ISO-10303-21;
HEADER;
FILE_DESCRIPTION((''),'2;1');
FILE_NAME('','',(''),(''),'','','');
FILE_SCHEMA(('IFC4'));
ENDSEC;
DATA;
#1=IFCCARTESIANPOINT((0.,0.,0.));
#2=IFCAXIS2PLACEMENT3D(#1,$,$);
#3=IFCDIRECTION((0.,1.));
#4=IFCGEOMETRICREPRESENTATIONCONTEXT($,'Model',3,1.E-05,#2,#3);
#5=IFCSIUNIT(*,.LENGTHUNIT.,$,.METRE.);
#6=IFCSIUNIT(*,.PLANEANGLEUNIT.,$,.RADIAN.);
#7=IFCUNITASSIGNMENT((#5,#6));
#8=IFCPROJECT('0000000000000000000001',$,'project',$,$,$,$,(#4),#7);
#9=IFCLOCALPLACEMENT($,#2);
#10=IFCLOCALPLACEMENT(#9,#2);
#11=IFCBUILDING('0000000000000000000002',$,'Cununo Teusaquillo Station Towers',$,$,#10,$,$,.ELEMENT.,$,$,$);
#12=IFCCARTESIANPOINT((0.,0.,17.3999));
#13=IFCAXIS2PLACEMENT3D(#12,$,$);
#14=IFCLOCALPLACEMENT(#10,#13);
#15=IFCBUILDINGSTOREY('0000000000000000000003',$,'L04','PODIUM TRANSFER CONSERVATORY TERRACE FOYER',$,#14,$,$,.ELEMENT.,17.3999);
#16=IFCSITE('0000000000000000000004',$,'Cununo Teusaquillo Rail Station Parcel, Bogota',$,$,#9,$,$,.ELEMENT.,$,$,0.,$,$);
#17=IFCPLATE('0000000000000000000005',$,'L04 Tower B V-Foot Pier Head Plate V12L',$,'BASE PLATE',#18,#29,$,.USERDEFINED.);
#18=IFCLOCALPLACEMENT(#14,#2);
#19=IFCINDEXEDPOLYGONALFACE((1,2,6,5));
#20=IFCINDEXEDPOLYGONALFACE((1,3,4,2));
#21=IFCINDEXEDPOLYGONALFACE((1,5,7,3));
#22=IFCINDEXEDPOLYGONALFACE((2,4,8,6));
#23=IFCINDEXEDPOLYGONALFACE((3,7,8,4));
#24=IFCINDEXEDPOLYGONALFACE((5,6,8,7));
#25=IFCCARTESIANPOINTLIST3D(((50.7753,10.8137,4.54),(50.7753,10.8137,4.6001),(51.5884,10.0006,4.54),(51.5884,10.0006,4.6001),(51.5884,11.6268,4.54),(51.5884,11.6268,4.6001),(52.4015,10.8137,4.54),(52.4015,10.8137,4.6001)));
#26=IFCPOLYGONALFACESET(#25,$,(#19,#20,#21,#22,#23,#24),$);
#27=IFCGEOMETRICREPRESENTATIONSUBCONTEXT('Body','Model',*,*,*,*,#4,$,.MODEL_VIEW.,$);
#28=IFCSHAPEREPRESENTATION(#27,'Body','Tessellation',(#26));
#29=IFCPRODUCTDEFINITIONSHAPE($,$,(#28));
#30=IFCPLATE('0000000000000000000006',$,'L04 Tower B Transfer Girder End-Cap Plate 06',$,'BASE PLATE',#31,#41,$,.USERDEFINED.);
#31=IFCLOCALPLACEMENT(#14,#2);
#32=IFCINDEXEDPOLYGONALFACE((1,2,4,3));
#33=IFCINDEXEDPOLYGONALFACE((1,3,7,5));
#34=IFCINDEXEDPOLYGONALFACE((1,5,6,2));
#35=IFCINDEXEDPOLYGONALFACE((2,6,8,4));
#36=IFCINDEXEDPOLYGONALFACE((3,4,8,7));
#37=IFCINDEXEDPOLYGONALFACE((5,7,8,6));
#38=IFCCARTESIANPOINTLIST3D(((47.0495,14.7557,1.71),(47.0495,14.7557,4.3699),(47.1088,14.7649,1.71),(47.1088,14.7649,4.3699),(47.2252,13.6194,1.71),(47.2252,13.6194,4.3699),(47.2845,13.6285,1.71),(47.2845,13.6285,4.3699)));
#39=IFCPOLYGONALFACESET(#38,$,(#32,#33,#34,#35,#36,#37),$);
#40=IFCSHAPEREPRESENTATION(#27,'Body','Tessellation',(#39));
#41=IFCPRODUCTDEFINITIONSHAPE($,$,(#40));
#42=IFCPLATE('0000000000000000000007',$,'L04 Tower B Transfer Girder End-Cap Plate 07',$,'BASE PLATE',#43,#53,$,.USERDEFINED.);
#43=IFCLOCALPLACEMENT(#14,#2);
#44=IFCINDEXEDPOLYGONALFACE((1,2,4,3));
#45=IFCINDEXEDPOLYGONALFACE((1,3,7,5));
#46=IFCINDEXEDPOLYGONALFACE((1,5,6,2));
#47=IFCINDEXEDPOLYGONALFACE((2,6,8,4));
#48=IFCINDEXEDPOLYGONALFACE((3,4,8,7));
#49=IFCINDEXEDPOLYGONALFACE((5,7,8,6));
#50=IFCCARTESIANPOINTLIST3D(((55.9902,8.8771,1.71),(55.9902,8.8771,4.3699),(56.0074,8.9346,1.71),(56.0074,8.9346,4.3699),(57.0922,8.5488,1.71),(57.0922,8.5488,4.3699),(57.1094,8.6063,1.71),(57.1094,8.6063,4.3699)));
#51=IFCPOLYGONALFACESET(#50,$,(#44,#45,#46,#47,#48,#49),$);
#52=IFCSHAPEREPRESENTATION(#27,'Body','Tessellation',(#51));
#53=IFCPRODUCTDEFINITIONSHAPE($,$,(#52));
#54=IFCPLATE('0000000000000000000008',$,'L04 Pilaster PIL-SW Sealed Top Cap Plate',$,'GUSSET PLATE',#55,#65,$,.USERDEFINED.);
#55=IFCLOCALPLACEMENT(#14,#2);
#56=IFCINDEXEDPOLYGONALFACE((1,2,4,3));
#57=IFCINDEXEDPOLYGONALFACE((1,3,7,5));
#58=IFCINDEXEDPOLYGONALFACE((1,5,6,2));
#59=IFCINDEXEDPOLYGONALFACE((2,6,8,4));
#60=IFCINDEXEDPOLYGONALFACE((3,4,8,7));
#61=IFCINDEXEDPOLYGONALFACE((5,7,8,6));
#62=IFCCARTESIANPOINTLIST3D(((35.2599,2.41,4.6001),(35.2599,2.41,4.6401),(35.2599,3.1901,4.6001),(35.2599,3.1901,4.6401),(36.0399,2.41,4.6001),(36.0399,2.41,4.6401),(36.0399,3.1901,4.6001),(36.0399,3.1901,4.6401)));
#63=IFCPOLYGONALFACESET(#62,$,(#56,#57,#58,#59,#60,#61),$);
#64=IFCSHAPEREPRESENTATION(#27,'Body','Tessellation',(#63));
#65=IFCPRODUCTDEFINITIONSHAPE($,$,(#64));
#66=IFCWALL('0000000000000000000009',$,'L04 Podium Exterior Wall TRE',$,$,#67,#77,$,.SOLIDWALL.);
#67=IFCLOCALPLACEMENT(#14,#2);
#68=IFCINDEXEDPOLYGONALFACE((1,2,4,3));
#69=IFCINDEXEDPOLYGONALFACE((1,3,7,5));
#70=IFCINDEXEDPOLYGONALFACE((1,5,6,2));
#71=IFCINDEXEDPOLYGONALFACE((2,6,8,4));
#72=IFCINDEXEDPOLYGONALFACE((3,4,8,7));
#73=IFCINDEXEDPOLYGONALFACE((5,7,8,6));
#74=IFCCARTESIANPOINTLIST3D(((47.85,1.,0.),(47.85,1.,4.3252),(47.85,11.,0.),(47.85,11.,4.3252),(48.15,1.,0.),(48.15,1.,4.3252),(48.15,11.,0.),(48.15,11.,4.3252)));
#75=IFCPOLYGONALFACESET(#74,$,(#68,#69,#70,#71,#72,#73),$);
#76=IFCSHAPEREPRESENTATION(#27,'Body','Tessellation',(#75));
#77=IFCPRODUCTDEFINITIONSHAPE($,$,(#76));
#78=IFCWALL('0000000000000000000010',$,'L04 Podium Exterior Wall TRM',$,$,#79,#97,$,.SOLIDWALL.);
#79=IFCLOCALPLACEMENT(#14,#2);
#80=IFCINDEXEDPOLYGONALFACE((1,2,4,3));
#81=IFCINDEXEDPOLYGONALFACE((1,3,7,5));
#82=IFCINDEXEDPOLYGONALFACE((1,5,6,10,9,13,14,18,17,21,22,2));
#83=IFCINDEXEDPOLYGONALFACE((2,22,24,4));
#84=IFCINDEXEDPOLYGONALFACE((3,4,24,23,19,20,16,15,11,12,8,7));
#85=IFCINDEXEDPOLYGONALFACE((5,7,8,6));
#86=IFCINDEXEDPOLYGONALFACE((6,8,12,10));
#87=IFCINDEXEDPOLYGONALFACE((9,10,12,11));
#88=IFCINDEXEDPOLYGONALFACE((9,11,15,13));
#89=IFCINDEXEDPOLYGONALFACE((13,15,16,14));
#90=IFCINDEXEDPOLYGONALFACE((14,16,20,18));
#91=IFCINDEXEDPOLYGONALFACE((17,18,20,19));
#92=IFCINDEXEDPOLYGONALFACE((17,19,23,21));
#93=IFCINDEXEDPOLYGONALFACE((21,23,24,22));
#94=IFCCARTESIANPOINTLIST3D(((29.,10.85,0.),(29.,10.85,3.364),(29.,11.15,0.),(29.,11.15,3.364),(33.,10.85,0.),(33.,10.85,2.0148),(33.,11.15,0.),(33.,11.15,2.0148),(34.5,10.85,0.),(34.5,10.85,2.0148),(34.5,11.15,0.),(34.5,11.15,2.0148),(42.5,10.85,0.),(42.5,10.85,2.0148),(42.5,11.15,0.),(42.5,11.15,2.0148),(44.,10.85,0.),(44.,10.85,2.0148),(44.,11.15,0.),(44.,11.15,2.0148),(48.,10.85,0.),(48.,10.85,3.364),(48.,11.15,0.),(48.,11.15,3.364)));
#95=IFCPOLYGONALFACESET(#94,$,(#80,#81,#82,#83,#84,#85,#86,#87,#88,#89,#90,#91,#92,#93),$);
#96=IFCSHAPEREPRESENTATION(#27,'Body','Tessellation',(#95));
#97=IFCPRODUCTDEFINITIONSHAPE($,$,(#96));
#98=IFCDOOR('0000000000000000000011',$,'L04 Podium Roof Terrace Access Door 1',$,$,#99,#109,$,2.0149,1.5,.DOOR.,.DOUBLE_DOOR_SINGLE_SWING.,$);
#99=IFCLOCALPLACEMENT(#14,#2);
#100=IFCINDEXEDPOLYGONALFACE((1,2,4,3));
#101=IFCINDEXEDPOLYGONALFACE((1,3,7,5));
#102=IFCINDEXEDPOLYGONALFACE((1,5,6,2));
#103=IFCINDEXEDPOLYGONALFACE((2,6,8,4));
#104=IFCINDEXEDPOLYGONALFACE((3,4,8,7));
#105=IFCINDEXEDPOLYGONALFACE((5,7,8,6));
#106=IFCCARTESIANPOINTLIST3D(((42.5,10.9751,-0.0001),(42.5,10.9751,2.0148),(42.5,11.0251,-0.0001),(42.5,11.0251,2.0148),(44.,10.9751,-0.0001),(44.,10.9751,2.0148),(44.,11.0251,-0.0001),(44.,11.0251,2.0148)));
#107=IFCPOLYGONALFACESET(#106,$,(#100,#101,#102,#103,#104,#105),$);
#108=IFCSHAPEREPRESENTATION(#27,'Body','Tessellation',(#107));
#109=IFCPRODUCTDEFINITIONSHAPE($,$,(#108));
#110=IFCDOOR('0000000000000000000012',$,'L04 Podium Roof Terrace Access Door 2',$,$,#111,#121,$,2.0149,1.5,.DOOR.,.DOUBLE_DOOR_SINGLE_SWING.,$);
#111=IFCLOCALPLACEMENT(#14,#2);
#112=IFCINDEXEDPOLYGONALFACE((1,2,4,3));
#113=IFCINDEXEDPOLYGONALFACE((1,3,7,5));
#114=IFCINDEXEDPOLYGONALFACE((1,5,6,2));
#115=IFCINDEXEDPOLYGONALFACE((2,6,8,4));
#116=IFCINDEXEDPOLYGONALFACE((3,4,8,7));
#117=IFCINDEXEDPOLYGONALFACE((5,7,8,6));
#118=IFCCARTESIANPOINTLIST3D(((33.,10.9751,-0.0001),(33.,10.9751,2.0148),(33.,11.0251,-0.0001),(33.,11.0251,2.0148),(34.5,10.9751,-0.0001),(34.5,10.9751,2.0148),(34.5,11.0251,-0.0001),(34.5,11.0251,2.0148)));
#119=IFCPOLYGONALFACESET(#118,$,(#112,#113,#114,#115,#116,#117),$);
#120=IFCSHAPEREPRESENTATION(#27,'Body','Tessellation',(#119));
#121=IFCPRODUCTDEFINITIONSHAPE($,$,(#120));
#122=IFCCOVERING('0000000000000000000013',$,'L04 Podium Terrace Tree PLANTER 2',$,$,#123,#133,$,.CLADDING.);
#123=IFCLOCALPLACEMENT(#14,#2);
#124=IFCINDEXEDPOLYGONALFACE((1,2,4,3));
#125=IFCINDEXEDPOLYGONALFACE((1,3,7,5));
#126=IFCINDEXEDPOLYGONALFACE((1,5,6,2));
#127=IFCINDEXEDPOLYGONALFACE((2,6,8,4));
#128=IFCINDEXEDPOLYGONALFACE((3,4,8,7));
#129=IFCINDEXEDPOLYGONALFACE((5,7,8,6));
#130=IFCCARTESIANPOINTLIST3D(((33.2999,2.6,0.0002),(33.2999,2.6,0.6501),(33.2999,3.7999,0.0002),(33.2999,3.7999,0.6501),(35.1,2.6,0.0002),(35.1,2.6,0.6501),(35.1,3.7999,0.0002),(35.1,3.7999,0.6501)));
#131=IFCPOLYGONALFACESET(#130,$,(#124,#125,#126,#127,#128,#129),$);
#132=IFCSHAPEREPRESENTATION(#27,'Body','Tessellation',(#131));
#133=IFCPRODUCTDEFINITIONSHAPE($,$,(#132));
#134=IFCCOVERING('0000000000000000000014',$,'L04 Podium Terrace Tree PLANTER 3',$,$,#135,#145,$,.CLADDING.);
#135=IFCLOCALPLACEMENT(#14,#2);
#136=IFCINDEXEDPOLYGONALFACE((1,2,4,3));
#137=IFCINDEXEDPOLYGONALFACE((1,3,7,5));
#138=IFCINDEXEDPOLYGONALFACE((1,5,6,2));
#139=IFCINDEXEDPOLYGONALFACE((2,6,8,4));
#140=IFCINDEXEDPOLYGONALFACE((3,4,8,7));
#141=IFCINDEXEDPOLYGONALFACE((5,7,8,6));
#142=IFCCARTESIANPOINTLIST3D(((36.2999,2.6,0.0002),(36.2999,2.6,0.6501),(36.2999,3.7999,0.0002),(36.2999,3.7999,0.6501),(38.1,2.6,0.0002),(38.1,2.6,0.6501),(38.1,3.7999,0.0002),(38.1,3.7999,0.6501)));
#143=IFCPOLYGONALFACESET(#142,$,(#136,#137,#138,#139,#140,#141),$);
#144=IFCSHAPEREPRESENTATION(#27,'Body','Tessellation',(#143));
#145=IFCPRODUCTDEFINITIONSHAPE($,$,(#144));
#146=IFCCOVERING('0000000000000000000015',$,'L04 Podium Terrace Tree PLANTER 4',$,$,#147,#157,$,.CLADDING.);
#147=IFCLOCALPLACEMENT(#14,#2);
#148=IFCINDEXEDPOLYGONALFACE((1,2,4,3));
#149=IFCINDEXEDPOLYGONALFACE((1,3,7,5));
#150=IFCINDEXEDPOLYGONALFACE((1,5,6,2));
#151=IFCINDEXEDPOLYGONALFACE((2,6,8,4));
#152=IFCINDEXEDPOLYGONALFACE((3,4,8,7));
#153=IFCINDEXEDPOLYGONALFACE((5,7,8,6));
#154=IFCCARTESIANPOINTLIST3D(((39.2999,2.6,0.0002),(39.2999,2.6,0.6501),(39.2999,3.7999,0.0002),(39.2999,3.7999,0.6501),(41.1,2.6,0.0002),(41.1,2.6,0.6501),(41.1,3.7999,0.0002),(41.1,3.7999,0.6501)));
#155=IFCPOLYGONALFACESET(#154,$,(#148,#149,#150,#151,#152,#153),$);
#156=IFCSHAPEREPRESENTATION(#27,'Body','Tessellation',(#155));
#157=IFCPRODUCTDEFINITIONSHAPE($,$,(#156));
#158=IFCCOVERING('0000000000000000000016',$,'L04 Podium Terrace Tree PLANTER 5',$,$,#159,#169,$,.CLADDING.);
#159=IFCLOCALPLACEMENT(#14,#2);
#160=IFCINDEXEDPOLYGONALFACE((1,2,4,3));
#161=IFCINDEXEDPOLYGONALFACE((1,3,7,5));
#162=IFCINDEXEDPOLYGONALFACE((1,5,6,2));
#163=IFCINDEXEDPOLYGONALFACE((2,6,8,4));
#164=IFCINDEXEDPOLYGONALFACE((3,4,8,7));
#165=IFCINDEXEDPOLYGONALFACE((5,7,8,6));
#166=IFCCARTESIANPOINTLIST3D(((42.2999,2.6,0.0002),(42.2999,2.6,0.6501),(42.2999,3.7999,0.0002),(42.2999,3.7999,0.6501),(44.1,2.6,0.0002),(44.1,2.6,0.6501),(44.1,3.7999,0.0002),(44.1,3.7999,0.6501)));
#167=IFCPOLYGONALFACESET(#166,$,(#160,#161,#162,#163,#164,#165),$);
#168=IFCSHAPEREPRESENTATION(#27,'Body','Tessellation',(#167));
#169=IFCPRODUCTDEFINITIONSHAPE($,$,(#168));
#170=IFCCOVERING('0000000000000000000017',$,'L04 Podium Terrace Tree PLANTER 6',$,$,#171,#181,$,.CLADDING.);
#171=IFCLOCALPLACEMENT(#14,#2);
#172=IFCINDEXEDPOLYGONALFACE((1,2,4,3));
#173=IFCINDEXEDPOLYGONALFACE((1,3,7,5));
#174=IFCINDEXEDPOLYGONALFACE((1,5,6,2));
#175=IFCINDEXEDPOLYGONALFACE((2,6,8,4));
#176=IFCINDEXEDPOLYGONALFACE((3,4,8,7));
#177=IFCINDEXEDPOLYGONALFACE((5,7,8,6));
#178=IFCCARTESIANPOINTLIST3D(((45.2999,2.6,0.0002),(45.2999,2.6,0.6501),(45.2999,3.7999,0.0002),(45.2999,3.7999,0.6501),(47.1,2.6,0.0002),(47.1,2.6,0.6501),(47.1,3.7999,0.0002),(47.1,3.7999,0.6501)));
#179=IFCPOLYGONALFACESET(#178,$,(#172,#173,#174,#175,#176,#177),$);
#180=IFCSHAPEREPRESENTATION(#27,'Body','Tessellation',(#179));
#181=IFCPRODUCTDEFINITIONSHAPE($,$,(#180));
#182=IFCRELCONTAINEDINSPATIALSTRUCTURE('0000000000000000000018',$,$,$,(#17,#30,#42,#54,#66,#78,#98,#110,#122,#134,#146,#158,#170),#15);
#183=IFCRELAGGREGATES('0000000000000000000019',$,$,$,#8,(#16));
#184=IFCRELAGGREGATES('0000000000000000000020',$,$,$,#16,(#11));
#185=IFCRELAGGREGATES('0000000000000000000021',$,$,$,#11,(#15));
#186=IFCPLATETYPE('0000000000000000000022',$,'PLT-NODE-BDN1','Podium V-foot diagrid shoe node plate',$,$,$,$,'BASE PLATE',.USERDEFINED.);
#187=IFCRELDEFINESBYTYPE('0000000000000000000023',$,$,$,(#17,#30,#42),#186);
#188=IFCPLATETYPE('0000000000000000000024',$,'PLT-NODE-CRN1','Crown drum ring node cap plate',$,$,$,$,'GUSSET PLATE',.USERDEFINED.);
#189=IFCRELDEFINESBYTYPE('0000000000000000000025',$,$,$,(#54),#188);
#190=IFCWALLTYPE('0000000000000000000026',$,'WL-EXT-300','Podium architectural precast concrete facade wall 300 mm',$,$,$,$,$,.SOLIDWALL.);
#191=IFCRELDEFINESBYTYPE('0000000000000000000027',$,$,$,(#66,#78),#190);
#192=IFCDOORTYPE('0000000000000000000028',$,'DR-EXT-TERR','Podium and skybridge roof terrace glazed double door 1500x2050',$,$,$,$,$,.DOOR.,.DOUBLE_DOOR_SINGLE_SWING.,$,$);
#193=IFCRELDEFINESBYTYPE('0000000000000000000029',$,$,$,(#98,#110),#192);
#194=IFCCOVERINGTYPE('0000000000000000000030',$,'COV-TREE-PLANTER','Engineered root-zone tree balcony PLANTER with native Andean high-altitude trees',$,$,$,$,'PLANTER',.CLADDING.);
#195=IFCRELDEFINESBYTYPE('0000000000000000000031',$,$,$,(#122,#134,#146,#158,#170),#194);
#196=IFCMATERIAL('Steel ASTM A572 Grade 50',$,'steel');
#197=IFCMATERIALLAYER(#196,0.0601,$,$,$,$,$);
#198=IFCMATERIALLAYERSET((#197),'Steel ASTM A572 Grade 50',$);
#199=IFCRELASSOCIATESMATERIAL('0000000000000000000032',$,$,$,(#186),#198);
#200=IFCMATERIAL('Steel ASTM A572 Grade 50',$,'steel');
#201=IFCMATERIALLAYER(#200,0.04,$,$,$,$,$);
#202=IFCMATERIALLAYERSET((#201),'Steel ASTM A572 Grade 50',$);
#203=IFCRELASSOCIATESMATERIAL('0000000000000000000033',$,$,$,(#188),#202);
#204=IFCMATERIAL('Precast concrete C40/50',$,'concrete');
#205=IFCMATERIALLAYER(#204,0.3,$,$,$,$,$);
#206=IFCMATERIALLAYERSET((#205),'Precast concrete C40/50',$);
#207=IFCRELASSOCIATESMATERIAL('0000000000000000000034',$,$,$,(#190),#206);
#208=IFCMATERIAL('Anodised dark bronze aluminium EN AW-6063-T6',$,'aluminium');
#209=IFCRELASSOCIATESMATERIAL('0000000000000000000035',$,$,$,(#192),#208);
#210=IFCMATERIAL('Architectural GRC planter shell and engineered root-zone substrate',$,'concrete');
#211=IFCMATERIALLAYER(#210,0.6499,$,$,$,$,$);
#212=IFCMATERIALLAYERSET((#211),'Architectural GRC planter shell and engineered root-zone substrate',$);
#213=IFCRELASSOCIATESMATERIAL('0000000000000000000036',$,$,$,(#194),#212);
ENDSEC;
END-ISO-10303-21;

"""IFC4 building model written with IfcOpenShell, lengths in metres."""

from ifc_helpers import new_model, si_unit, direction, frame, frame_2d, origin, origin_2d, place, context, subcontext, project, spatial, rectangle, extrude, source, transform, mapped, material, layer, layer_set, type_object, element, fill, save


model = new_model("IFC4")

# Units and contexts
model_context = context("Model", 3, precision=1e-05, world=origin(), true_north=direction((0.0, 1.0)))
body_context = subcontext(model_context, "Body", "Model", "MODEL_VIEW")
ifc_project = project(units=[si_unit("LENGTHUNIT", "METRE"), si_unit("PLANEANGLEUNIT", "RADIAN")], contexts=[model_context])

# Site, building, storey
site_placement = place(None, origin())
site = spatial("IfcSite", under=ifc_project, at=site_placement, Name="Cununo Teusaquillo Rail Station Parcel, Bogota", CompositionType="ELEMENT", RefElevation=0.0)
building_placement = place(site_placement, origin())
building = spatial("IfcBuilding", under=site, at=building_placement, Name="Cununo Teusaquillo Station Towers", CompositionType="ELEMENT")
storey_placement = place(building_placement, frame((0.0, 0.0, 17.3999)))
storey = spatial("IfcBuildingStorey", under=building, at=storey_placement, Name="L04", Description="PODIUM TRANSFER CONSERVATORY TERRACE FOYER", CompositionType="ELEMENT", Elevation=17.3999)

# Plates
ifc_material_1 = material(Name="Steel ASTM A572 Grade 50", Category="steel")
ifc_layer_1 = layer(ifc_material_1, 0.0601)
ifc_layer_set_1 = layer_set([ifc_layer_1], Name="Steel ASTM A572 Grade 50")
plate_type_1 = type_object("IfcPlateType", Name="PLT-NODE-BDN1", Description="Podium V-foot diagrid shoe node plate", ElementType="BASE PLATE", PredefinedType="USERDEFINED", material=ifc_layer_set_1)
shared_shape_1 = source(origin(), body_context, "Body", "SweptSolid", [
    extrude(rectangle(XDim=1.1499, YDim=1.1499, at=origin_2d()), origin(), (0.0, 0.0, 1.0), 0.0601),
])
plate_1_placement = place(storey_placement, frame((51.5884, 10.8137, 4.54), z_axis=(0.0, 0.0, 1.0), x_axis=(0.707107, 0.707107, 0.0)))
element("IfcPlate", 1, at=plate_1_placement, inside=storey, type_object=plate_type_1, Name="L04 Tower B V-Foot Pier Head Plate V12L", ObjectType="BASE PLATE", PredefinedType="USERDEFINED", context=body_context, shape_type="MappedRepresentation", body=[
    mapped(shared_shape_1, transform((0.0, 0.0, 0.0), x_axis=(1.0, 0.0, 0.0), y_axis=(0.0, 1.0, 0.0), z_axis=(0.0, 0.0, 1.0), scale=1.0)),
])
shared_shape_2 = source(origin(), body_context, "Body", "SweptSolid", [
    extrude(rectangle(XDim=0.0601, YDim=1.1499, at=origin_2d()), origin(), (0.0, 0.0, 1.0), 2.6599),
])
for number, where, z_axis, x_axis, name in (
    (2, (47.167, 14.1921, 1.71), (0.0, 0.0, 1.0), (-0.988255, -0.152813, 0.0), "L04 Tower B Transfer Girder End-Cap Plate 06"),
    (3, (56.5498, 8.7417, 1.71), (0.0, 0.0, 1.0), (-0.285521, -0.958372, 0.0), "L04 Tower B Transfer Girder End-Cap Plate 07"),
):
    element("IfcPlate", number, at=place(storey_placement, frame(where, z_axis=z_axis, x_axis=x_axis)), inside=storey, type_object=plate_type_1, Name=name, ObjectType="BASE PLATE", PredefinedType="USERDEFINED", context=body_context, shape_type="MappedRepresentation", body=[
        mapped(shared_shape_2, transform((0.0, 0.0, 0.0), x_axis=(1.0, 0.0, 0.0), y_axis=(0.0, 1.0, 0.0), z_axis=(0.0, 0.0, 1.0), scale=1.0)),
    ])
ifc_material_2 = material(Name="Steel ASTM A572 Grade 50", Category="steel")
ifc_layer_2 = layer(ifc_material_2, 0.04)
ifc_layer_set_2 = layer_set([ifc_layer_2], Name="Steel ASTM A572 Grade 50")
plate_type_2 = type_object("IfcPlateType", Name="PLT-NODE-CRN1", Description="Crown drum ring node cap plate", ElementType="GUSSET PLATE", PredefinedType="USERDEFINED", material=ifc_layer_set_2)
shared_shape_3 = source(origin(), body_context, "Body", "SweptSolid", [
    extrude(rectangle(XDim=0.78, YDim=0.78, at=origin_2d()), origin(), (0.0, 0.0, 1.0), 0.04),
])
plate_2_placement = place(storey_placement, frame((35.6499, 2.8, 4.6001), z_axis=(0.0, 0.0, 1.0), x_axis=(1.0, 0.0, 0.0)))
element("IfcPlate", 4, at=plate_2_placement, inside=storey, type_object=plate_type_2, Name="L04 Pilaster PIL-SW Sealed Top Cap Plate", ObjectType="GUSSET PLATE", PredefinedType="USERDEFINED", context=body_context, shape_type="MappedRepresentation", body=[
    mapped(shared_shape_3, transform((0.0, 0.0, 0.0), x_axis=(1.0, 0.0, 0.0), y_axis=(0.0, 1.0, 0.0), z_axis=(0.0, 0.0, 1.0), scale=1.0)),
])

# Wall
ifc_material_3 = material(Name="Precast concrete C40/50", Category="concrete")
ifc_layer_3 = layer(ifc_material_3, 0.3)
ifc_layer_set_3 = layer_set([ifc_layer_3], Name="Precast concrete C40/50")
wall_type = type_object("IfcWallType", Name="WL-EXT-300", Description="Podium architectural precast concrete facade wall 300 mm", PredefinedType="SOLIDWALL", material=ifc_layer_set_3)
wall_1_placement = place(storey_placement, frame((48.0, 1.0, 0.0), z_axis=(0.0, 0.0, 1.0), x_axis=(0.0, 1.0, 0.0)))
element("IfcWall", 5, at=wall_1_placement, inside=storey, type_object=wall_type, Name="L04 Podium Exterior Wall TRE", PredefinedType="SOLIDWALL", context=body_context, shape_type="SweptSolid", body=[
    extrude(rectangle(XDim=10.0, YDim=0.3, at=frame_2d((5.0, 0.0))), origin(), (0.0, 0.0, 1.0), 4.3252),
])

# Wall, openings, doors
wall_2_placement = place(storey_placement, frame((48.0, 11.0, 0.0), z_axis=(0.0, 0.0, 1.0), x_axis=(-1.0, 0.0, 0.0)))
wall_2 = element("IfcWall", 6, at=wall_2_placement, inside=storey, type_object=wall_type, Name="L04 Podium Exterior Wall TRM", PredefinedType="SOLIDWALL", context=body_context, shape_type="SweptSolid", body=[
    extrude(rectangle(XDim=19.0, YDim=0.3, at=frame_2d((9.5, 0.0))), origin(), (0.0, 0.0, 1.0), 3.364),
])
shared_shape_4 = source(origin(), body_context, "Body", "SweptSolid", [
    extrude(rectangle(XDim=1.5, YDim=2.0149, at=frame_2d((0.75, 1.0073))), frame((0.0, 0.1599, 0.0), z_axis=(0.0, -1.0, 0.0), x_axis=(1.0, 0.0, 0.0)), (0.0, 0.0, 1.0), 0.3201),
])
opening_1_placement = place(wall_2_placement, frame((4.0, 0.0, 0.0)))
opening_1 = element("IfcOpeningElement", 7, at=opening_1_placement, cuts=wall_2, PredefinedType="OPENING", context=body_context, shape_type="MappedRepresentation", body=[
    mapped(shared_shape_4, transform((0.0, 0.0, 0.0), x_axis=(1.0, 0.0, 0.0), y_axis=(0.0, 1.0, 0.0), z_axis=(0.0, 0.0, 1.0), scale=1.0)),
])
opening_2_placement = place(wall_2_placement, frame((13.5, 0.0, 0.0)))
opening_2 = element("IfcOpeningElement", 8, at=opening_2_placement, cuts=wall_2, PredefinedType="OPENING", context=body_context, shape_type="MappedRepresentation", body=[
    mapped(shared_shape_4, transform((0.0, 0.0, 0.0), x_axis=(1.0, 0.0, 0.0), y_axis=(0.0, 1.0, 0.0), z_axis=(0.0, 0.0, 1.0), scale=1.0)),
])
ifc_material_4 = material(Name="Anodised dark bronze aluminium EN AW-6063-T6", Category="aluminium")
door_type = type_object("IfcDoorType", Name="DR-EXT-TERR", Description="Podium and skybridge roof terrace glazed double door 1500x2050", OperationType="DOUBLE_DOOR_SINGLE_SWING", PredefinedType="DOOR", material=ifc_material_4)
shared_shape_5 = source(origin(), body_context, "Body", "SweptSolid", [
    extrude(rectangle(XDim=1.5, YDim=2.0149, at=frame_2d((0.75, 1.0073))), frame((0.0, 0.0249, 0.0), z_axis=(0.0, -1.0, 0.0), x_axis=(1.0, 0.0, 0.0)), (0.0, 0.0, 1.0), 0.05),
])
door_1_placement = place(opening_1_placement, origin())
door_1 = element("IfcDoor", 9, at=door_1_placement, inside=storey, type_object=door_type, Name="L04 Podium Roof Terrace Access Door 1", OperationType="DOUBLE_DOOR_SINGLE_SWING", OverallHeight=2.0149, OverallWidth=1.5, PredefinedType="DOOR", context=body_context, shape_type="MappedRepresentation", body=[
    mapped(shared_shape_5, transform((0.0, 0.0, 0.0), x_axis=(1.0, 0.0, 0.0), y_axis=(0.0, 1.0, 0.0), z_axis=(0.0, 0.0, 1.0), scale=1.0)),
])
fill(opening_1, door_1)
door_2_placement = place(opening_2_placement, origin())
door_2 = element("IfcDoor", 10, at=door_2_placement, inside=storey, type_object=door_type, Name="L04 Podium Roof Terrace Access Door 2", OperationType="DOUBLE_DOOR_SINGLE_SWING", OverallHeight=2.0149, OverallWidth=1.5, PredefinedType="DOOR", context=body_context, shape_type="MappedRepresentation", body=[
    mapped(shared_shape_5, transform((0.0, 0.0, 0.0), x_axis=(1.0, 0.0, 0.0), y_axis=(0.0, 1.0, 0.0), z_axis=(0.0, 0.0, 1.0), scale=1.0)),
])
fill(opening_2, door_2)

# Coverings
ifc_material_5 = material(Name="Architectural GRC planter shell and engineered root-zone substrate", Category="concrete")
ifc_layer_4 = layer(ifc_material_5, 0.6499)
ifc_layer_set_4 = layer_set([ifc_layer_4], Name="Architectural GRC planter shell and engineered root-zone substrate")
covering_type = type_object("IfcCoveringType", Name="COV-TREE-PLANTER", Description="Engineered root-zone tree balcony PLANTER with native Andean high-altitude trees", ElementType="PLANTER", PredefinedType="CLADDING", material=ifc_layer_set_4)
shared_shape_6 = source(origin(), body_context, "Body", "SweptSolid", [
    extrude(rectangle(XDim=1.8, YDim=1.2, at=origin_2d()), origin(), (0.0, 0.0, 1.0), 0.6499),
])
for number, where, z_axis, x_axis, name in (
    (11, (34.2, 3.2, 0.0002), (0.0, 0.0, 1.0), (1.0, 0.0, 0.0), "L04 Podium Terrace Tree PLANTER 2"),
    (12, (37.2, 3.2, 0.0002), (0.0, 0.0, 1.0), (1.0, 0.0, 0.0), "L04 Podium Terrace Tree PLANTER 3"),
    (13, (40.2, 3.2, 0.0002), (0.0, 0.0, 1.0), (1.0, 0.0, 0.0), "L04 Podium Terrace Tree PLANTER 4"),
    (14, (43.2, 3.2, 0.0002), (0.0, 0.0, 1.0), (1.0, 0.0, 0.0), "L04 Podium Terrace Tree PLANTER 5"),
    (15, (46.2, 3.2, 0.0002), (0.0, 0.0, 1.0), (1.0, 0.0, 0.0), "L04 Podium Terrace Tree PLANTER 6"),
):
    element("IfcCovering", number, at=place(storey_placement, frame(where, z_axis=z_axis, x_axis=x_axis)), inside=storey, type_object=covering_type, Name=name, PredefinedType="CLADDING", context=body_context, shape_type="MappedRepresentation", body=[
        mapped(shared_shape_6, transform((0.0, 0.0, 0.0), x_axis=(1.0, 0.0, 0.0), y_axis=(0.0, 1.0, 0.0), z_axis=(0.0, 0.0, 1.0), scale=1.0)),
    ])

save(model, "model.ifc")
